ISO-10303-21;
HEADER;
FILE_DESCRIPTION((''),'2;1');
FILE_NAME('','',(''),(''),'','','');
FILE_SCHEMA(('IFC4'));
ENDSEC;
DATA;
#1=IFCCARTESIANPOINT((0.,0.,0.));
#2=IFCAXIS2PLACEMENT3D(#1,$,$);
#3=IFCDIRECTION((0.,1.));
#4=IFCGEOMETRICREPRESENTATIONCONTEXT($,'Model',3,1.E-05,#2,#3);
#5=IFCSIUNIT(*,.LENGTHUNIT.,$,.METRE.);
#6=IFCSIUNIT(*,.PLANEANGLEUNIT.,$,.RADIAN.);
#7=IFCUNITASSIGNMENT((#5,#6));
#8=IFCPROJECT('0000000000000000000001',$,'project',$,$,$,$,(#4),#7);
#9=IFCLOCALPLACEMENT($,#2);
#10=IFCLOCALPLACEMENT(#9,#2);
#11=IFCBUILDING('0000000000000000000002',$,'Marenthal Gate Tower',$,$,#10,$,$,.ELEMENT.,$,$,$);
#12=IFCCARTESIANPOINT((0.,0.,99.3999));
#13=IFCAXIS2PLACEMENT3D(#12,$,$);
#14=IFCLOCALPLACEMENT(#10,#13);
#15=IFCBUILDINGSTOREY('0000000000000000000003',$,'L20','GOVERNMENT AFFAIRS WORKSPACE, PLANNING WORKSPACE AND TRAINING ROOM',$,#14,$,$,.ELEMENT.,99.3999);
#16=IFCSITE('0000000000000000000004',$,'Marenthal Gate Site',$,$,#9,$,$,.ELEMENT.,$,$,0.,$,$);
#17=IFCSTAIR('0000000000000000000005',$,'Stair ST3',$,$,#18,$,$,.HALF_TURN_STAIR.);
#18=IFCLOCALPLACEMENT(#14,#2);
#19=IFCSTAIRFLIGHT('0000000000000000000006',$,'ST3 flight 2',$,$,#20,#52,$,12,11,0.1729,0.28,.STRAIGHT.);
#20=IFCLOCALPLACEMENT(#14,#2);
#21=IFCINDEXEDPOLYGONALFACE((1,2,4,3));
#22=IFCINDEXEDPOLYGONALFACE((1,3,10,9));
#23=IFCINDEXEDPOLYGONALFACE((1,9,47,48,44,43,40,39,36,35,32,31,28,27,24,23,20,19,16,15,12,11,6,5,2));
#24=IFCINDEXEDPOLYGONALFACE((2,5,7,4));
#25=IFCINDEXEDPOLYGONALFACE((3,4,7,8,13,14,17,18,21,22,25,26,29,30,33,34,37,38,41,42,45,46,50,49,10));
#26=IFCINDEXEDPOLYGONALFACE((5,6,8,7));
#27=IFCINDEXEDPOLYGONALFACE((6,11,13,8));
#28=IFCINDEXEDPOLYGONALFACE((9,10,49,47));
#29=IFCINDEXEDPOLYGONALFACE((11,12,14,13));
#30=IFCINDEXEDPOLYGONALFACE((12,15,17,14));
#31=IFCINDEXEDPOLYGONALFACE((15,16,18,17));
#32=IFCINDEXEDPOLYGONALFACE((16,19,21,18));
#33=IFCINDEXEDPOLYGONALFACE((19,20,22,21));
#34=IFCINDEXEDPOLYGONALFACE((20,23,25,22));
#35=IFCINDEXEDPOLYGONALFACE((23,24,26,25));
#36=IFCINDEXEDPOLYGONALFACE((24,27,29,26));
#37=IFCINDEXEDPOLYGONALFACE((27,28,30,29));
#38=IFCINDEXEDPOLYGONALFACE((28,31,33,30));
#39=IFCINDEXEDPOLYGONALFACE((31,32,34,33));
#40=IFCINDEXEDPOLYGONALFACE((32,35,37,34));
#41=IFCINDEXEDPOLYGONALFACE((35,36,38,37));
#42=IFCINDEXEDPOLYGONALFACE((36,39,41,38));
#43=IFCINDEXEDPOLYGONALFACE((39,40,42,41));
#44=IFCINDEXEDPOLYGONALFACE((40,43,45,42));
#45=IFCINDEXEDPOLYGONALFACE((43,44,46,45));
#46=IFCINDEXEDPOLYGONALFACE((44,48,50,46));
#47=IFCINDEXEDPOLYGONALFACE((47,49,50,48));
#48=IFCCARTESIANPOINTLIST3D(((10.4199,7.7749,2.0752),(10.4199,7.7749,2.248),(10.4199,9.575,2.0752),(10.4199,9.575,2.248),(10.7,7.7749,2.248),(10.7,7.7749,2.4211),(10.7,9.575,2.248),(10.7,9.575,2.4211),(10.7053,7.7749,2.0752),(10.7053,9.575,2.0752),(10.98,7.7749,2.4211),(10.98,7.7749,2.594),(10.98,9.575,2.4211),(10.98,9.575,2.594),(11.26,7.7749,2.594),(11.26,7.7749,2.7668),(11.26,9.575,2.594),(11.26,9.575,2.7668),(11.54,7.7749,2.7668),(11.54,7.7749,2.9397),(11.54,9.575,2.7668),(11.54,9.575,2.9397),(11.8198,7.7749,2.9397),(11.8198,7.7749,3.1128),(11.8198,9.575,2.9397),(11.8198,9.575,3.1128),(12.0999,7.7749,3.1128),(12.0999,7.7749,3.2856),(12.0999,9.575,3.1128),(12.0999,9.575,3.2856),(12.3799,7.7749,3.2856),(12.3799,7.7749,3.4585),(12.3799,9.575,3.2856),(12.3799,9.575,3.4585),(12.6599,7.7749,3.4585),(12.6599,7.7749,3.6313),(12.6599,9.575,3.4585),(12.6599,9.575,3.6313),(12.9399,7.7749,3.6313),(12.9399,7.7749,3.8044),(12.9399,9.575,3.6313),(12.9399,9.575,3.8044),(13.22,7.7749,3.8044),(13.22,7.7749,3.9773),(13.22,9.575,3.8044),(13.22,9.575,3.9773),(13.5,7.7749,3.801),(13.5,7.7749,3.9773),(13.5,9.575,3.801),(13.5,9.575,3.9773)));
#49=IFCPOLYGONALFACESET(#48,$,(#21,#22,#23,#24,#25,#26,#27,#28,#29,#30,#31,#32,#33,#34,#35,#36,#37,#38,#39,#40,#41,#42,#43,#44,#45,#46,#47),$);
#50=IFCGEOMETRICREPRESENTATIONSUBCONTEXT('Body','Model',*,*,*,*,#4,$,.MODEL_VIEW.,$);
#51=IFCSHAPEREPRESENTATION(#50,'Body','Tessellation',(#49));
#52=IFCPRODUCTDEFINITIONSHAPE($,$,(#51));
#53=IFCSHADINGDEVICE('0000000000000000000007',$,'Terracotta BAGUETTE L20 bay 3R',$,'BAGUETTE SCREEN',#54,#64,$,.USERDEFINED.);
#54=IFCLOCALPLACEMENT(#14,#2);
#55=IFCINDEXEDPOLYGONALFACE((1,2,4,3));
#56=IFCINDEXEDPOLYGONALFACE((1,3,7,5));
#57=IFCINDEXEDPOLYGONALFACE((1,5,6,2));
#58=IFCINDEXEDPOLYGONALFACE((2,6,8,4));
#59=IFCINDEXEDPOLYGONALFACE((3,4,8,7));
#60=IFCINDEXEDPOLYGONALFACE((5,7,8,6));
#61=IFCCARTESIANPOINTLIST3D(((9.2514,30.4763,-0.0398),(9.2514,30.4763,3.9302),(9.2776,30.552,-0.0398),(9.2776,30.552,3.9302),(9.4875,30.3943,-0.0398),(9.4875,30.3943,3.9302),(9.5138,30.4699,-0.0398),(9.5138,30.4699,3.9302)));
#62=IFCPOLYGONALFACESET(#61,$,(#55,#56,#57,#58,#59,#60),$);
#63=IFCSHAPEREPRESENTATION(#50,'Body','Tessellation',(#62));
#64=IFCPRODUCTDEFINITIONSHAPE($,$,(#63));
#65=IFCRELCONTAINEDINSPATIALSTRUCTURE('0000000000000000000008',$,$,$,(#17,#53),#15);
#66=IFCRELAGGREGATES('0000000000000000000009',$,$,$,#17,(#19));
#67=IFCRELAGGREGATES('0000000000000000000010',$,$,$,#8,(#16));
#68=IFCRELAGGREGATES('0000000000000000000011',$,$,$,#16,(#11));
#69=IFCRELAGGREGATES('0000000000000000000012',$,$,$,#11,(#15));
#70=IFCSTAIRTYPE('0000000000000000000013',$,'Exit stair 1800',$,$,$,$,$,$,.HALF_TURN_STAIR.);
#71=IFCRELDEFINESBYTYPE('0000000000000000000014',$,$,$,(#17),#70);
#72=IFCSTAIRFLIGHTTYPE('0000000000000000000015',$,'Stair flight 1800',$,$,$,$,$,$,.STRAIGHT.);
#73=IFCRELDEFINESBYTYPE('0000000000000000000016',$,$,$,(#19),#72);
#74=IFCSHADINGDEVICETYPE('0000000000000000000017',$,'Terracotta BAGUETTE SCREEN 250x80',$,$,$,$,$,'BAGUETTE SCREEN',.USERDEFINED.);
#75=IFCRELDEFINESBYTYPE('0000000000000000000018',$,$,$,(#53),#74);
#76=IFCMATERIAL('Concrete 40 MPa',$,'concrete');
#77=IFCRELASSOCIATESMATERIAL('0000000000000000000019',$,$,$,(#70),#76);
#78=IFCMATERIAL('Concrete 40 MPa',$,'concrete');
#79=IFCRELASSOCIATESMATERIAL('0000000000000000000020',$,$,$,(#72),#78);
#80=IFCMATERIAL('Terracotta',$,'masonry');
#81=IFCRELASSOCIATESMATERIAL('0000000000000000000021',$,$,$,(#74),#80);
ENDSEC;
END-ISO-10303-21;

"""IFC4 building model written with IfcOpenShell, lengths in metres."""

from ifc_helpers import new_model, si_unit, direction, frame, origin, origin_2d, place, context, subcontext, project, spatial, polyline, rectangle, outline, extrude, material, material_profile, profile_set, type_object, element, aggregate, save


model = new_model("IFC4")

# Units and contexts
model_context = context("Model", 3, precision=1e-05, world=origin(), true_north=direction((0.0, 1.0)))
body_context = subcontext(model_context, "Body", "Model", "MODEL_VIEW")
ifc_project = project(units=[si_unit("LENGTHUNIT", "METRE"), si_unit("PLANEANGLEUNIT", "RADIAN")], contexts=[model_context])

# Site, building, storey
site_placement = place(None, origin())
site = spatial("IfcSite", under=ifc_project, at=site_placement, Name="Marenthal Gate Site", CompositionType="ELEMENT", RefElevation=0.0)
building_placement = place(site_placement, origin())
building = spatial("IfcBuilding", under=site, at=building_placement, Name="Marenthal Gate Tower", CompositionType="ELEMENT")
storey_placement = place(building_placement, frame((0.0, 0.0, 99.3999)))
storey = spatial("IfcBuildingStorey", under=building, at=storey_placement, Name="L20", Description="GOVERNMENT AFFAIRS WORKSPACE, PLANNING WORKSPACE AND TRAINING ROOM", CompositionType="ELEMENT", Elevation=99.3999)

# Stair
ifc_material_1 = material(Name="Concrete 40 MPa", Category="concrete")
stair_type = type_object("IfcStairType", Name="Exit stair 1800", PredefinedType="HALF_TURN_STAIR", material=ifc_material_1)
stair_1_placement = place(storey_placement, origin())
stair_1 = element("IfcStair", 1, at=stair_1_placement, inside=storey, type_object=stair_type, Name="Stair ST3", PredefinedType="HALF_TURN_STAIR")

# Stair flight
ifc_material_2 = material(Name="Concrete 40 MPa", Category="concrete")
stair_flight_type = type_object("IfcStairFlightType", Name="Stair flight 1800", PredefinedType="STRAIGHT", material=ifc_material_2)
stair_flight_1_placement = place(storey_placement, frame((10.4199, 8.675, 2.0752), z_axis=(0.0, 0.0, 1.0), x_axis=(1.0, 0.0, 0.0)))
stair_flight_1 = element("IfcStairFlight", 2, at=stair_flight_1_placement, type_object=stair_flight_type, Name="ST3 flight 2", NumberOfRisers=12, NumberOfTreads=11, PredefinedType="STRAIGHT", RiserHeight=0.1729, TreadLength=0.28, context=body_context, shape_type="SweptSolid", body=[
    extrude(outline(polyline([(0.0, 0.0), (0.0, 0.1729), (0.28, 0.1729), (0.28, 0.3459), (0.5601, 0.3459), (0.5601, 0.5188), (0.8401, 0.5188), (0.8401, 0.6917), (1.1201, 0.6917), (1.1201, 0.8645), (1.3999, 0.8645), (1.3999, 1.0376), (1.6799, 1.0376), (1.6799, 1.2104), (1.96, 1.2104), (1.96, 1.3833), (2.24, 1.3833), (2.24, 1.5562), (2.52, 1.5562), (2.52, 1.7292), (2.8, 1.7292), (2.8, 1.9021), (3.0801, 1.9021), (3.0801, 2.075), (3.0801, 1.7258), (0.2854, 0.0), (0.0, 0.0)])), frame((0.0, 0.8999, 0.0), z_axis=(0.0, -1.0, 0.0), x_axis=(1.0, 0.0, 0.0)), (0.0, 0.0, 1.0), 1.8),
])
aggregate(stair_1, [stair_flight_1])

# Shading device
ifc_material_3 = material(Name="Terracotta", Category="masonry")
ifc_material_profile_1 = material_profile(ifc_material_3, rectangle(XDim=0.25, YDim=0.0801, at=origin_2d()), Name="Terracotta baguette 250x80")
ifc_profile_set_1 = profile_set([ifc_material_profile_1], Name="Terracotta")
shading_device_type = type_object("IfcShadingDeviceType", Name="Terracotta BAGUETTE SCREEN 250x80", ElementType="BAGUETTE SCREEN", PredefinedType="USERDEFINED", material=ifc_profile_set_1)
shading_device_placement = place(storey_placement, frame((9.3826, 30.4731, -0.0398), z_axis=(0.0, 0.0, 1.0), x_axis=(-0.944614, 0.328183, 0.0)))
element("IfcShadingDevice", 3, at=shading_device_placement, inside=storey, type_object=shading_device_type, Name="Terracotta BAGUETTE L20 bay 3R", ObjectType="BAGUETTE SCREEN", PredefinedType="USERDEFINED", context=body_context, shape_type="SweptSolid", body=[
    extrude(rectangle(XDim=0.25, YDim=0.0801, at=origin_2d()), origin(), (0.0, 0.0, 1.0), 3.97),
])

save(model, "model.ifc")
